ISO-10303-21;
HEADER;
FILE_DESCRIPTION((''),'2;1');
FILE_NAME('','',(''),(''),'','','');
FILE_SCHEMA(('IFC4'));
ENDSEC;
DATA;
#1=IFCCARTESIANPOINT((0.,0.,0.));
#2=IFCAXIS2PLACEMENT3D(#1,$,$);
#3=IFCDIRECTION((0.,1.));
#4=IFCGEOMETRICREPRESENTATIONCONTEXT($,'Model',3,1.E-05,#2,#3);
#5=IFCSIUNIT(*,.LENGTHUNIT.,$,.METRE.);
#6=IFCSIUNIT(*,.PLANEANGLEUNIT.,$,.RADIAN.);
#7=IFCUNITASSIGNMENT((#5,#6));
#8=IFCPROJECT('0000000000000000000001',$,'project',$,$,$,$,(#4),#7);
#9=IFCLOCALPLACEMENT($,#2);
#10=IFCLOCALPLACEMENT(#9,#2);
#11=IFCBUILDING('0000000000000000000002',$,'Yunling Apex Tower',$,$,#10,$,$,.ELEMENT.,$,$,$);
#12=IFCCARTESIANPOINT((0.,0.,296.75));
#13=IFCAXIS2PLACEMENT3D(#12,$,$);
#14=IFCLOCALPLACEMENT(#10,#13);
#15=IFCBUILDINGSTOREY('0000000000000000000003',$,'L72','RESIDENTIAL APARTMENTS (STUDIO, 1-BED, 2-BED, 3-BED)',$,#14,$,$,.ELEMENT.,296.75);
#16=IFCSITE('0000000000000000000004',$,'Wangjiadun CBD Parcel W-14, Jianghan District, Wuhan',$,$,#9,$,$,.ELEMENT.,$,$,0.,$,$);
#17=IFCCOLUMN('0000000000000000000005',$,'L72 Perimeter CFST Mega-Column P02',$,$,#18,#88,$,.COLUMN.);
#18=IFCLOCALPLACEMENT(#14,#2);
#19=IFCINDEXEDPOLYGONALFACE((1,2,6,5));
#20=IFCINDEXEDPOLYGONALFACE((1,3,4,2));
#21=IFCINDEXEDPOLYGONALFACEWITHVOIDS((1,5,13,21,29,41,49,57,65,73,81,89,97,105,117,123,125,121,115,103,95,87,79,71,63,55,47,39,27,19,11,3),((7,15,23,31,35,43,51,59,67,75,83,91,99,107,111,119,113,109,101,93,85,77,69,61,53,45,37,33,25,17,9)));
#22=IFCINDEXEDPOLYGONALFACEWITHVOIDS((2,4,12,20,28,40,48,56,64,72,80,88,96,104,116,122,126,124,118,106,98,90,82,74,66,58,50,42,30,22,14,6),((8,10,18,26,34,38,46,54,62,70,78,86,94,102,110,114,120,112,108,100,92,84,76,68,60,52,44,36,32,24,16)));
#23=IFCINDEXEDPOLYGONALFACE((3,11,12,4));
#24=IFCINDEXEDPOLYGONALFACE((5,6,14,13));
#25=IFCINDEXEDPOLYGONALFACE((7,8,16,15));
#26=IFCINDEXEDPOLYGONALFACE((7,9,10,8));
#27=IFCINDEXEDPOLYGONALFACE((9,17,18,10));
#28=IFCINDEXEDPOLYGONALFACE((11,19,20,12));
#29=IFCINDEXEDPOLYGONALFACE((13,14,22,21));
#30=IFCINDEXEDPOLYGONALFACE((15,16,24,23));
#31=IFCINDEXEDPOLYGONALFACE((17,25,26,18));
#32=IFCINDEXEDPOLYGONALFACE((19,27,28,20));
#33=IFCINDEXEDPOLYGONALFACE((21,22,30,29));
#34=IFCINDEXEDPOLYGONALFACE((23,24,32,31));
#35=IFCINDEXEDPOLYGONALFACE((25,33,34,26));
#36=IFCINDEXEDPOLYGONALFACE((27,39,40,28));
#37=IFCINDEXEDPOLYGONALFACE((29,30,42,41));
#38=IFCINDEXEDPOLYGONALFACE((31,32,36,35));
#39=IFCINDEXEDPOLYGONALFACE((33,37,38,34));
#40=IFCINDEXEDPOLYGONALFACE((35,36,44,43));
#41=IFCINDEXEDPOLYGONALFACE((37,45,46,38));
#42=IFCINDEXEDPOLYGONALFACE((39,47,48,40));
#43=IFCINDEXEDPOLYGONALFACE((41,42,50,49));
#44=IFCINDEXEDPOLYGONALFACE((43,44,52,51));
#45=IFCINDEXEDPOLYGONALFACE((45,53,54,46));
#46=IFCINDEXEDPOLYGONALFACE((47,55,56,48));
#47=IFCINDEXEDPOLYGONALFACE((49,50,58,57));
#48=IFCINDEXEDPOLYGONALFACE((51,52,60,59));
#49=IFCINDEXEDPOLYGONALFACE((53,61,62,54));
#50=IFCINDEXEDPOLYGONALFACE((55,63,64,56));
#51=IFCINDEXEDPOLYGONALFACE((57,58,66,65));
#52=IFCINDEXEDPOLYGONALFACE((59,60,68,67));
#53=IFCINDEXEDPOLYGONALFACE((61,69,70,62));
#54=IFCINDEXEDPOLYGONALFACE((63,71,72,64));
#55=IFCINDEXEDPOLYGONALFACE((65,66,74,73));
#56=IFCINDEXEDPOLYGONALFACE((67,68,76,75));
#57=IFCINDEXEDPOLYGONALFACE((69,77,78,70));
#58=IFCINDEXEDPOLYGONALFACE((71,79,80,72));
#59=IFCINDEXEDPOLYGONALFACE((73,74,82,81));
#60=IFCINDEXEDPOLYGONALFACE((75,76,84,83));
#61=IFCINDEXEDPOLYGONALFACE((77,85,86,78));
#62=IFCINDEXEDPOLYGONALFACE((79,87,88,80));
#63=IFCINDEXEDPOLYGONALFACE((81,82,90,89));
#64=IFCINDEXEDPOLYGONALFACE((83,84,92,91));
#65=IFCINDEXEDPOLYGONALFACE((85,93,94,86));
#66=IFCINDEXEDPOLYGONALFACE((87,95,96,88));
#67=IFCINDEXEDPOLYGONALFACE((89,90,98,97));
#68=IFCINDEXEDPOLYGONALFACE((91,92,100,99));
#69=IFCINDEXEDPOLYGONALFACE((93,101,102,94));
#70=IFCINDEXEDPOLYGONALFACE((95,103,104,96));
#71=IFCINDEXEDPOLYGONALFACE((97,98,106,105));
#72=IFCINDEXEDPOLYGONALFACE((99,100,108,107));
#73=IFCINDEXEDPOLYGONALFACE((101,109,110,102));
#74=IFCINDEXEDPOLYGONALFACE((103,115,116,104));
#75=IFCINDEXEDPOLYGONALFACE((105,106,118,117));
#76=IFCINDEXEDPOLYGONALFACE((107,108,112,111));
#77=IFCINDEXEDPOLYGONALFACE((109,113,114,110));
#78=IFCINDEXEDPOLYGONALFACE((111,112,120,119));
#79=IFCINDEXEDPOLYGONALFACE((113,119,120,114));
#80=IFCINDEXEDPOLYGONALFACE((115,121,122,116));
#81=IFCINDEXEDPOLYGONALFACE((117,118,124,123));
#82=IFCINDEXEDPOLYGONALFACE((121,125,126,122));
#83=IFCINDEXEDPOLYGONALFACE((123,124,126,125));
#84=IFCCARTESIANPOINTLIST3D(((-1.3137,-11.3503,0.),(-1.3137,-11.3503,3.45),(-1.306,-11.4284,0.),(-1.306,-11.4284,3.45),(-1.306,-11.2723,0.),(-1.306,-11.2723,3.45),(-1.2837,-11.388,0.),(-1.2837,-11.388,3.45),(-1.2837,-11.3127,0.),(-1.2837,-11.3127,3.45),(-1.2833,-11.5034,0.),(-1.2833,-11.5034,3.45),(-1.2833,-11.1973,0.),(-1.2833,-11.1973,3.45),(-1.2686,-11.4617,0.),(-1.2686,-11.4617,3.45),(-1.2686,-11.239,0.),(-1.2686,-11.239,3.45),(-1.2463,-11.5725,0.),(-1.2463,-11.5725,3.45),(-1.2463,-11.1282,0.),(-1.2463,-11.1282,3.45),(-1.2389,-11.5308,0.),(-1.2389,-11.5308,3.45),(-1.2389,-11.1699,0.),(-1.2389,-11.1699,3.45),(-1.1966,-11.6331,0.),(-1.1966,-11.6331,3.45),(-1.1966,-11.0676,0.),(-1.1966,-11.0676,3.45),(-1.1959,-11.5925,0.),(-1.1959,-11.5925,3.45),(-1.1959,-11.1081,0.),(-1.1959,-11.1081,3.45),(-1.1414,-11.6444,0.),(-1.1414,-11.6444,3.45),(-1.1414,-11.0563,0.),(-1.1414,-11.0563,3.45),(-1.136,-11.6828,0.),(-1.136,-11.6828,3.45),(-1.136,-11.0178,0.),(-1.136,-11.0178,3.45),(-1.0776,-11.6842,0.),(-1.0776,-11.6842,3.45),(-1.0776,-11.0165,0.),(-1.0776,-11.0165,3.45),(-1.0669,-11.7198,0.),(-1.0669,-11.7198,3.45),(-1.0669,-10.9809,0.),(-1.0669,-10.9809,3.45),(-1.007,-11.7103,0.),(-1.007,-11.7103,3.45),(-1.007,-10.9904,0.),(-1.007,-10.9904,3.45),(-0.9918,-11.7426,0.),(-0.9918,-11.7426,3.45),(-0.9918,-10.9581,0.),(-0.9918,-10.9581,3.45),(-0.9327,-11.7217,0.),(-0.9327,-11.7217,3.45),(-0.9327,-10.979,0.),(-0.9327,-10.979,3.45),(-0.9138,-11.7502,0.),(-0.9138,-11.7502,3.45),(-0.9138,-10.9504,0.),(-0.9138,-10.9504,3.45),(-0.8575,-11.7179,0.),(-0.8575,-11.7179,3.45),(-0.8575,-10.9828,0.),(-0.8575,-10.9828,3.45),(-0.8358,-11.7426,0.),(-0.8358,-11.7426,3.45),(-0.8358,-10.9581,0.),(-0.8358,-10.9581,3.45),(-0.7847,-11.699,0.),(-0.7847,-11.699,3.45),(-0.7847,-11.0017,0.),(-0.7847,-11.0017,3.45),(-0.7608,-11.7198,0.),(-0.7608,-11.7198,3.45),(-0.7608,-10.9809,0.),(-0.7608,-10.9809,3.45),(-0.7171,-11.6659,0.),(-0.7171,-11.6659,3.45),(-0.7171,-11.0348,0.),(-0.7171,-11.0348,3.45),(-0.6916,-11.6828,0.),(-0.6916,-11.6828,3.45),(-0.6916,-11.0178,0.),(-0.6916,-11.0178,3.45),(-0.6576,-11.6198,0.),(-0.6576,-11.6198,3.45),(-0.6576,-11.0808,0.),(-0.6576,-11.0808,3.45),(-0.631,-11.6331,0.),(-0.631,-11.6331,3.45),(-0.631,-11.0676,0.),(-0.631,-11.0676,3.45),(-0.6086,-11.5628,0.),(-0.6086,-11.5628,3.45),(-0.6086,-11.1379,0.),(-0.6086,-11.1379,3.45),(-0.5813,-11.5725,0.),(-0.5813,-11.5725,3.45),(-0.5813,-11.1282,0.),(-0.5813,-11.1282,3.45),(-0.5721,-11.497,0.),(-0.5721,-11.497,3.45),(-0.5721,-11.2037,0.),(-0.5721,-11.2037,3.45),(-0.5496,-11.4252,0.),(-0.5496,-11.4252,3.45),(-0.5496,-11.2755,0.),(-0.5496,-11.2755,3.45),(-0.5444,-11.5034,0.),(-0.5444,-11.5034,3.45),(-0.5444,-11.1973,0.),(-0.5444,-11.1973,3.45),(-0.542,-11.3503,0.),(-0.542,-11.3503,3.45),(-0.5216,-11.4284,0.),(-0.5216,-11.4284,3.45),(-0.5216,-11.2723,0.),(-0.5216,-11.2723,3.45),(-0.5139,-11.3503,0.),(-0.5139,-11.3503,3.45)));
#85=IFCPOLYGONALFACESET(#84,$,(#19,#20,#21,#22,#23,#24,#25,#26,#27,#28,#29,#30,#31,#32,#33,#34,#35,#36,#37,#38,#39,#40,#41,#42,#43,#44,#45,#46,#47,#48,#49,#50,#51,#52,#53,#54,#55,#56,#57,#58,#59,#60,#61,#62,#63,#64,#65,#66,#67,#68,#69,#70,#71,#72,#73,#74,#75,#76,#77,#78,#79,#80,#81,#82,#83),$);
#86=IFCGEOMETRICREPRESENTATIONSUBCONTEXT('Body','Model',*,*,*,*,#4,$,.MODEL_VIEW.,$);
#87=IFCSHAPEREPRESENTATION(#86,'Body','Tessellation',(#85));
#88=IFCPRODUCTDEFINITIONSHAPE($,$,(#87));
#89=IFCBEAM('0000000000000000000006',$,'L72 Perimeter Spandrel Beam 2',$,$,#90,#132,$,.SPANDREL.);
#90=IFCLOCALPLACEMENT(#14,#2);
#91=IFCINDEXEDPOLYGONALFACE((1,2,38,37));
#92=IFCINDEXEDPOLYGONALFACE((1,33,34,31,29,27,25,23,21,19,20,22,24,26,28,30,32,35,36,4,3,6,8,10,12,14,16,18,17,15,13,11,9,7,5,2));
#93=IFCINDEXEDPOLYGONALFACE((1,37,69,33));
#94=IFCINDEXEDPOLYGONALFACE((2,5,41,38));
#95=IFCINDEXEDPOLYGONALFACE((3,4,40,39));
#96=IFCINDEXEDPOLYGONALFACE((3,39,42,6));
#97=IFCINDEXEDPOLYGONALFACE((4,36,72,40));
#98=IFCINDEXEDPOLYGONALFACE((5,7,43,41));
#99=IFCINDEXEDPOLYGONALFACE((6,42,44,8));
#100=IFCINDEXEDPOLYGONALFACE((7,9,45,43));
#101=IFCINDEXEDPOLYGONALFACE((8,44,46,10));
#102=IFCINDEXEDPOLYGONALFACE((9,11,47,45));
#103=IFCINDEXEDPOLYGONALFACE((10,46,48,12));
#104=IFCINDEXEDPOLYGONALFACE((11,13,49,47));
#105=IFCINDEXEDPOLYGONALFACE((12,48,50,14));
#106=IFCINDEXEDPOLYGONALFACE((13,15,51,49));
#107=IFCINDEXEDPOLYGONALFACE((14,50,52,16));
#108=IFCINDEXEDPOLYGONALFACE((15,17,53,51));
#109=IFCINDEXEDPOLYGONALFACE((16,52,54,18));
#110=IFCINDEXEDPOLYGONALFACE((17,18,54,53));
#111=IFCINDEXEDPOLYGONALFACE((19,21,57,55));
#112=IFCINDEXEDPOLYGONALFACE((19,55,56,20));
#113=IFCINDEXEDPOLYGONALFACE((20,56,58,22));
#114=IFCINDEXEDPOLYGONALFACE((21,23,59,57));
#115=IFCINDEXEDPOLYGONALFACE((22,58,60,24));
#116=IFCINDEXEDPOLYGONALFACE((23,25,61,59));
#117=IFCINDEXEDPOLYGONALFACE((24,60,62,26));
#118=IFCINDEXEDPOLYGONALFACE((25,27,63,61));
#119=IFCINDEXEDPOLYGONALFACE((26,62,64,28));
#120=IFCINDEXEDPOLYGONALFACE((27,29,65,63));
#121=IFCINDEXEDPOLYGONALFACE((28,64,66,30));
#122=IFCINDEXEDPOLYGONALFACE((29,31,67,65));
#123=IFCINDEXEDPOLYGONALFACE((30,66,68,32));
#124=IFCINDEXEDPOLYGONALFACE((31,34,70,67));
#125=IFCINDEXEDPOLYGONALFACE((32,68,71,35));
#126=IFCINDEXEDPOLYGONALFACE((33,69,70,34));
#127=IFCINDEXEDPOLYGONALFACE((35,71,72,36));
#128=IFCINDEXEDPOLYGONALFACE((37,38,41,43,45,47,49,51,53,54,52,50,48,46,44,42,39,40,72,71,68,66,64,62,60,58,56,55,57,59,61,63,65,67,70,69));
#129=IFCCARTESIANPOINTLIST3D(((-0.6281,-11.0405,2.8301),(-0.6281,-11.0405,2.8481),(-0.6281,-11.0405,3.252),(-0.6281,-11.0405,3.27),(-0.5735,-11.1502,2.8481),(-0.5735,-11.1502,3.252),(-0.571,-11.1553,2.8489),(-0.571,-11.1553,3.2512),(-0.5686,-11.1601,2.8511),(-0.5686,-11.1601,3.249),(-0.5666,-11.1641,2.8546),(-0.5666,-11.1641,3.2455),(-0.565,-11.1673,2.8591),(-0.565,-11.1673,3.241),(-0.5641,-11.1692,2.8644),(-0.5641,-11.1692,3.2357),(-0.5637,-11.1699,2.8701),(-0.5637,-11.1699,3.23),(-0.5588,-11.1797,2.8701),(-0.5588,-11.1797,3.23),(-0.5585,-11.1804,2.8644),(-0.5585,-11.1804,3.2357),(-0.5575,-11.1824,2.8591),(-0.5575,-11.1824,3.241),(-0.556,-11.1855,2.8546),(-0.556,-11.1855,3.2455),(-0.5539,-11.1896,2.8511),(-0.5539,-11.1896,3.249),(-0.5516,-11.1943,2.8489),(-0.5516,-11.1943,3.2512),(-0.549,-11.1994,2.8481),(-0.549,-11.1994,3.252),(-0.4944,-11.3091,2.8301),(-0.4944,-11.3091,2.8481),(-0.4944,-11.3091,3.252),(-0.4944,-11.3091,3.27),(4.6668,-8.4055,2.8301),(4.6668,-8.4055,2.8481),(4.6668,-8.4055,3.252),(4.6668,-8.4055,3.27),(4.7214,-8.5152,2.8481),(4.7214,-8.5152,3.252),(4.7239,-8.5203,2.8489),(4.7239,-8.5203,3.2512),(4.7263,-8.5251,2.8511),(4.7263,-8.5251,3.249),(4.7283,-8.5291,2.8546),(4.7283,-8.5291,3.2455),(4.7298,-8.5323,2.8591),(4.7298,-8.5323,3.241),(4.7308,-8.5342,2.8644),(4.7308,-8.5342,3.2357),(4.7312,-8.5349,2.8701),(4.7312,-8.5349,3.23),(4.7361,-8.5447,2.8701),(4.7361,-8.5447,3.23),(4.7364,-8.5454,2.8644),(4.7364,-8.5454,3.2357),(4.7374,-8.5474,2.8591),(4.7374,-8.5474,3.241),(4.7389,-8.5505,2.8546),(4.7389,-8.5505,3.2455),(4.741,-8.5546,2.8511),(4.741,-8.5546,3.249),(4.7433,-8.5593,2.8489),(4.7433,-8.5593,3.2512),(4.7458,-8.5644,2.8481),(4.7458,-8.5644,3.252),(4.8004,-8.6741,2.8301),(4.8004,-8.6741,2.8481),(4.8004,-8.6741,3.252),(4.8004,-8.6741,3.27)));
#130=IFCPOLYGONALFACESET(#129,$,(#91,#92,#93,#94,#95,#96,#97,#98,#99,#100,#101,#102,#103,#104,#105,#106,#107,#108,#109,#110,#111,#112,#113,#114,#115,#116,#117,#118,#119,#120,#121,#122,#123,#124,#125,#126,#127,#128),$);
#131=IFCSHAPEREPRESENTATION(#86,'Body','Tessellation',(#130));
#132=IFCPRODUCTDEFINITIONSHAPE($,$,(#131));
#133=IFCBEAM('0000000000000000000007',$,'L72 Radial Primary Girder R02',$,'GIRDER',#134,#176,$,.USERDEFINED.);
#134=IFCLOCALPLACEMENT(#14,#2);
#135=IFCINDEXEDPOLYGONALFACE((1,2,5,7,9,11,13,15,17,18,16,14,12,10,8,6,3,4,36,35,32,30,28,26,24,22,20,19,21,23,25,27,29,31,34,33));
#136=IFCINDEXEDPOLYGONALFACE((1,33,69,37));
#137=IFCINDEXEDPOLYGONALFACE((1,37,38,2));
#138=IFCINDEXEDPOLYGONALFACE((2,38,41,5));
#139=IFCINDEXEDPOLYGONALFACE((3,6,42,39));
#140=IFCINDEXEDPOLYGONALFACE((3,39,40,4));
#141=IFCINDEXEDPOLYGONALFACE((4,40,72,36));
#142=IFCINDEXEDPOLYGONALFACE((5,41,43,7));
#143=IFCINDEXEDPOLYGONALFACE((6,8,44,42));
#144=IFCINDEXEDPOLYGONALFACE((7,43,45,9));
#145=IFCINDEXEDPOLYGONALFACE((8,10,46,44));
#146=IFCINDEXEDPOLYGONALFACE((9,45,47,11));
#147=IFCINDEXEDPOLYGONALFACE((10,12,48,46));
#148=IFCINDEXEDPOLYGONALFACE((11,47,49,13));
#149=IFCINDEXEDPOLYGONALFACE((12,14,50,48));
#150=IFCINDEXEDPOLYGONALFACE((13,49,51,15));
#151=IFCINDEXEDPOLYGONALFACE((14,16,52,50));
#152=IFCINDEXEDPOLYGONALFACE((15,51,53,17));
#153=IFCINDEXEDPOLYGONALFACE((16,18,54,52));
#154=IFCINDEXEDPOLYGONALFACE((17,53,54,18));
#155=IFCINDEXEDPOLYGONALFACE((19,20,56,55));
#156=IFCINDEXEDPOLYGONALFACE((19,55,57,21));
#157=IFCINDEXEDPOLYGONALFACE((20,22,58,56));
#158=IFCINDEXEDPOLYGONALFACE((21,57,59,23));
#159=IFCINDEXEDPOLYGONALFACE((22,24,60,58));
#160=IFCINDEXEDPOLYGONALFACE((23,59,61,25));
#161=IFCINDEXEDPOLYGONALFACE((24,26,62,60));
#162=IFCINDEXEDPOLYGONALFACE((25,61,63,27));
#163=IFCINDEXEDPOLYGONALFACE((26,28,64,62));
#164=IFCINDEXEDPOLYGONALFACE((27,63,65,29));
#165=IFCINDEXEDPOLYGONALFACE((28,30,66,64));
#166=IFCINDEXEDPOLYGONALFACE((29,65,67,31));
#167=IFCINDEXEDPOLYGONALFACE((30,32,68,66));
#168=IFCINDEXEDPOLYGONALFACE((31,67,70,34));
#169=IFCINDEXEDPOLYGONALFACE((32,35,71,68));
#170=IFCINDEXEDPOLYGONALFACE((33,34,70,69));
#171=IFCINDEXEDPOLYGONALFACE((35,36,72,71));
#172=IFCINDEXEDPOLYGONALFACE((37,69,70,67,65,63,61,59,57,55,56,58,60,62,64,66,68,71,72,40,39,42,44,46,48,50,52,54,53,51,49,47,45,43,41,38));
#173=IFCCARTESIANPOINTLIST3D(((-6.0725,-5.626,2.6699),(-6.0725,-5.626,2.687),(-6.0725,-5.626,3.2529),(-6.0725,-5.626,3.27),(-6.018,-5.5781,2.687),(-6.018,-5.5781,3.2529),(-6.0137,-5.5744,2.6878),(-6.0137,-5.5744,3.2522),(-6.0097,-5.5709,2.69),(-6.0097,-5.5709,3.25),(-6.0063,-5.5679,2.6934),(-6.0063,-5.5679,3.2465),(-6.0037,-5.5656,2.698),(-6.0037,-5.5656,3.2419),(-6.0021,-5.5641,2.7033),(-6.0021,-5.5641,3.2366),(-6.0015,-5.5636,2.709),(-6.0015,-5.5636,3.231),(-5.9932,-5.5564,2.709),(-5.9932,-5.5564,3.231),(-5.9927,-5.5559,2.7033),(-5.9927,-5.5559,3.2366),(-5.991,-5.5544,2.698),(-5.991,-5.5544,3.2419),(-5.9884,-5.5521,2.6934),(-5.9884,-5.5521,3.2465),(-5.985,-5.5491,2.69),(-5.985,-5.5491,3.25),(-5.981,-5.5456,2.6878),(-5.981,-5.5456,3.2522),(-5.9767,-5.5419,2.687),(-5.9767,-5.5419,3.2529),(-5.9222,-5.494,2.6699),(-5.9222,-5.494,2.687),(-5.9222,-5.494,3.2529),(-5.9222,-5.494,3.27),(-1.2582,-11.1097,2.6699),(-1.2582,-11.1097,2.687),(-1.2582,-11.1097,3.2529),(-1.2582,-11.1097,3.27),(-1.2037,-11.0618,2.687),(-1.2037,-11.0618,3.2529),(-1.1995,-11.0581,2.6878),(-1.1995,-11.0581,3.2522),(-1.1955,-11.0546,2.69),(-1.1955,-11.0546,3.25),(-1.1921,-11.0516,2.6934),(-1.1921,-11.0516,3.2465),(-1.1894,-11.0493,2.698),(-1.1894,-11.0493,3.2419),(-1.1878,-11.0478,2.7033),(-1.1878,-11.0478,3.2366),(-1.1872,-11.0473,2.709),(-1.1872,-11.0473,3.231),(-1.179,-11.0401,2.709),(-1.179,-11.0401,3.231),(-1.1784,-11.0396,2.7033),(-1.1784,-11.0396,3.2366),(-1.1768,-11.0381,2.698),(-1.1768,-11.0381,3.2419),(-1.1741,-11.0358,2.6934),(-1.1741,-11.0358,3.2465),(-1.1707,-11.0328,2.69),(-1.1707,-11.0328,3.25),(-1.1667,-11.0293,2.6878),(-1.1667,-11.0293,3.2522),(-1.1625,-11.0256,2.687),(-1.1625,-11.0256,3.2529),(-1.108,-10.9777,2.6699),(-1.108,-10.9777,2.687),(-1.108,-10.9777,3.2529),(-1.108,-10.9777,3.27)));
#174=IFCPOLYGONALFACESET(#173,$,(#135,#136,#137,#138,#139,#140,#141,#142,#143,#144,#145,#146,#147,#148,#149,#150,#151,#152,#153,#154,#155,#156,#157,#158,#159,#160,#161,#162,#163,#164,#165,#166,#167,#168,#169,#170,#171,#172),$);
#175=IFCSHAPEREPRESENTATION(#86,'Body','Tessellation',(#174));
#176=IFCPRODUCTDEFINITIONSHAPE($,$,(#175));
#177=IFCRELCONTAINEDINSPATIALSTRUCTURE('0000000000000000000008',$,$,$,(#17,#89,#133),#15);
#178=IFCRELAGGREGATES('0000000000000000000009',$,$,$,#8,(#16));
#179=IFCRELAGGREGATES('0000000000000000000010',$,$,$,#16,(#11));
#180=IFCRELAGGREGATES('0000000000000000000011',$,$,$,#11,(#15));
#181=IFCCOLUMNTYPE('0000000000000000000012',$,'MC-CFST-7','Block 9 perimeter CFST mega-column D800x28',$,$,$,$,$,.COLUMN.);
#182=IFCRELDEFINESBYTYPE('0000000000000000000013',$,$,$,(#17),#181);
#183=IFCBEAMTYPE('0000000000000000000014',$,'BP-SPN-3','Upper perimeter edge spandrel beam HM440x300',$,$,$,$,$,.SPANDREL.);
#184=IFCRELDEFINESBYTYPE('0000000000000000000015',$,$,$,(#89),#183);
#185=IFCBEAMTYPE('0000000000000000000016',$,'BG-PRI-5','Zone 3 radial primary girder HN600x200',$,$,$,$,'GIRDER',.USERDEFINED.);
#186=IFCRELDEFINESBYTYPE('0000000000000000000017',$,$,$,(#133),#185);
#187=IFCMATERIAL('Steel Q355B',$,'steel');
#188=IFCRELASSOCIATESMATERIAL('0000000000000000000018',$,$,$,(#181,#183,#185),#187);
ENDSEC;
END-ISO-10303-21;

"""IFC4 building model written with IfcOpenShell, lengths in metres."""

from ifc_helpers import new_model, si_unit, direction, frame, origin, origin_2d, place, context, subcontext, project, spatial, hollow_circle, i_section, extrude, source, transform, mapped, material, material_profile, profile_set, type_object, element, save


model = new_model("IFC4")

# Units and contexts
model_context = context("Model", 3, precision=1e-05, world=origin(), true_north=direction((0.0, 1.0)))
body_context = subcontext(model_context, "Body", "Model", "MODEL_VIEW")
ifc_project = project(units=[si_unit("LENGTHUNIT", "METRE"), si_unit("PLANEANGLEUNIT", "RADIAN")], contexts=[model_context])

# Site, building, storey
site_placement = place(None, origin())
site = spatial("IfcSite", under=ifc_project, at=site_placement, Name="Wangjiadun CBD Parcel W-14, Jianghan District, Wuhan", CompositionType="ELEMENT", RefElevation=0.0)
building_placement = place(site_placement, origin())
building = spatial("IfcBuilding", under=site, at=building_placement, Name="Yunling Apex Tower", CompositionType="ELEMENT")
storey_placement = place(building_placement, frame((0.0, 0.0, 296.75)))
storey = spatial("IfcBuildingStorey", under=building, at=storey_placement, Name="L72", Description="RESIDENTIAL APARTMENTS (STUDIO, 1-BED, 2-BED, 3-BED)", CompositionType="ELEMENT", Elevation=296.75)

# Column
ifc_material_1 = material(Name="Steel Q355B", Category="steel")
ifc_material_profile_1 = material_profile(ifc_material_1, hollow_circle(Radius=0.3999, WallThickness=0.0281, at=origin_2d()))
ifc_profile_set_1 = profile_set([ifc_material_profile_1], Name="Steel Q355B")
column_type = type_object("IfcColumnType", Name="MC-CFST-7", Description="Block 9 perimeter CFST mega-column D800x28", PredefinedType="COLUMN", material=ifc_profile_set_1)
shared_shape_1 = source(origin(), body_context, "Body", "SweptSolid", [
    extrude(hollow_circle(Radius=0.3999, WallThickness=0.0281, at=origin_2d()), origin(), (0.0, 0.0, 1.0), 3.45),
])
column_placement = place(storey_placement, frame((-0.9138, -11.3503, 0.0), z_axis=(0.0, 0.0, 1.0), x_axis=(1.0, 0.0, 0.0)))
element("IfcColumn", 1, at=column_placement, inside=storey, type_object=column_type, Name="L72 Perimeter CFST Mega-Column P02", PredefinedType="COLUMN", context=body_context, shape_type="MappedRepresentation", body=[
    mapped(shared_shape_1, transform((0.0, 0.0, 0.0), scale=1.0)),
])

# Beams
ifc_material_profile_2 = material_profile(ifc_material_1, i_section(OverallWidth=0.3, OverallDepth=0.4399, WebThickness=0.011, FlangeThickness=0.0181, FilletRadius=0.022, at=origin_2d()))
ifc_profile_set_2 = profile_set([ifc_material_profile_2], Name="Steel Q355B")
beam_type_1 = type_object("IfcBeamType", Name="BP-SPN-3", Description="Upper perimeter edge spandrel beam HM440x300", PredefinedType="SPANDREL", material=ifc_profile_set_2)
shared_shape_2 = source(origin(), body_context, "Body", "SweptSolid", [
    extrude(i_section(OverallWidth=0.3, OverallDepth=0.4399, WebThickness=0.011, FlangeThickness=0.0181, FilletRadius=0.022, at=origin_2d()), origin(), (0.0, 0.0, 1.0), 5.9143),
])
beam_1_placement = place(storey_placement, frame((-0.5613, -11.1748, 3.05), z_axis=(0.895268, 0.445529, 0.0), x_axis=(-0.445529, 0.895268, 0.0)))
element("IfcBeam", 2, at=beam_1_placement, inside=storey, type_object=beam_type_1, Name="L72 Perimeter Spandrel Beam 2", PredefinedType="SPANDREL", context=body_context, shape_type="MappedRepresentation", body=[
    mapped(shared_shape_2, transform((0.0, 0.0, 0.0), scale=1.0)),
])
ifc_material_profile_3 = material_profile(ifc_material_1, i_section(OverallWidth=0.2, OverallDepth=0.6001, WebThickness=0.011, FlangeThickness=0.0171, FilletRadius=0.022, at=origin_2d()))
ifc_profile_set_3 = profile_set([ifc_material_profile_3], Name="Steel Q355B")
beam_type_2 = type_object("IfcBeamType", Name="BG-PRI-5", Description="Zone 3 radial primary girder HN600x200", ElementType="GIRDER", PredefinedType="USERDEFINED", material=ifc_profile_set_3)
shared_shape_3 = source(origin(), body_context, "Body", "SweptSolid", [
    extrude(i_section(OverallWidth=0.2, OverallDepth=0.6001, WebThickness=0.011, FlangeThickness=0.0171, FilletRadius=0.022, at=origin_2d()), origin(), (0.0, 0.0, 1.0), 7.2971),
])
beam_2_placement = place(storey_placement, frame((-1.1831, -11.0437, 2.97), z_axis=(-0.659747, 0.751488, 0.0), x_axis=(-0.751488, -0.659747, 0.0)))
element("IfcBeam", 3, at=beam_2_placement, inside=storey, type_object=beam_type_2, Name="L72 Radial Primary Girder R02", ObjectType="GIRDER", PredefinedType="USERDEFINED", context=body_context, shape_type="MappedRepresentation", body=[
    mapped(shared_shape_3, transform((0.0, 0.0, 0.0), scale=1.0)),
])

save(model, "model.ifc")
